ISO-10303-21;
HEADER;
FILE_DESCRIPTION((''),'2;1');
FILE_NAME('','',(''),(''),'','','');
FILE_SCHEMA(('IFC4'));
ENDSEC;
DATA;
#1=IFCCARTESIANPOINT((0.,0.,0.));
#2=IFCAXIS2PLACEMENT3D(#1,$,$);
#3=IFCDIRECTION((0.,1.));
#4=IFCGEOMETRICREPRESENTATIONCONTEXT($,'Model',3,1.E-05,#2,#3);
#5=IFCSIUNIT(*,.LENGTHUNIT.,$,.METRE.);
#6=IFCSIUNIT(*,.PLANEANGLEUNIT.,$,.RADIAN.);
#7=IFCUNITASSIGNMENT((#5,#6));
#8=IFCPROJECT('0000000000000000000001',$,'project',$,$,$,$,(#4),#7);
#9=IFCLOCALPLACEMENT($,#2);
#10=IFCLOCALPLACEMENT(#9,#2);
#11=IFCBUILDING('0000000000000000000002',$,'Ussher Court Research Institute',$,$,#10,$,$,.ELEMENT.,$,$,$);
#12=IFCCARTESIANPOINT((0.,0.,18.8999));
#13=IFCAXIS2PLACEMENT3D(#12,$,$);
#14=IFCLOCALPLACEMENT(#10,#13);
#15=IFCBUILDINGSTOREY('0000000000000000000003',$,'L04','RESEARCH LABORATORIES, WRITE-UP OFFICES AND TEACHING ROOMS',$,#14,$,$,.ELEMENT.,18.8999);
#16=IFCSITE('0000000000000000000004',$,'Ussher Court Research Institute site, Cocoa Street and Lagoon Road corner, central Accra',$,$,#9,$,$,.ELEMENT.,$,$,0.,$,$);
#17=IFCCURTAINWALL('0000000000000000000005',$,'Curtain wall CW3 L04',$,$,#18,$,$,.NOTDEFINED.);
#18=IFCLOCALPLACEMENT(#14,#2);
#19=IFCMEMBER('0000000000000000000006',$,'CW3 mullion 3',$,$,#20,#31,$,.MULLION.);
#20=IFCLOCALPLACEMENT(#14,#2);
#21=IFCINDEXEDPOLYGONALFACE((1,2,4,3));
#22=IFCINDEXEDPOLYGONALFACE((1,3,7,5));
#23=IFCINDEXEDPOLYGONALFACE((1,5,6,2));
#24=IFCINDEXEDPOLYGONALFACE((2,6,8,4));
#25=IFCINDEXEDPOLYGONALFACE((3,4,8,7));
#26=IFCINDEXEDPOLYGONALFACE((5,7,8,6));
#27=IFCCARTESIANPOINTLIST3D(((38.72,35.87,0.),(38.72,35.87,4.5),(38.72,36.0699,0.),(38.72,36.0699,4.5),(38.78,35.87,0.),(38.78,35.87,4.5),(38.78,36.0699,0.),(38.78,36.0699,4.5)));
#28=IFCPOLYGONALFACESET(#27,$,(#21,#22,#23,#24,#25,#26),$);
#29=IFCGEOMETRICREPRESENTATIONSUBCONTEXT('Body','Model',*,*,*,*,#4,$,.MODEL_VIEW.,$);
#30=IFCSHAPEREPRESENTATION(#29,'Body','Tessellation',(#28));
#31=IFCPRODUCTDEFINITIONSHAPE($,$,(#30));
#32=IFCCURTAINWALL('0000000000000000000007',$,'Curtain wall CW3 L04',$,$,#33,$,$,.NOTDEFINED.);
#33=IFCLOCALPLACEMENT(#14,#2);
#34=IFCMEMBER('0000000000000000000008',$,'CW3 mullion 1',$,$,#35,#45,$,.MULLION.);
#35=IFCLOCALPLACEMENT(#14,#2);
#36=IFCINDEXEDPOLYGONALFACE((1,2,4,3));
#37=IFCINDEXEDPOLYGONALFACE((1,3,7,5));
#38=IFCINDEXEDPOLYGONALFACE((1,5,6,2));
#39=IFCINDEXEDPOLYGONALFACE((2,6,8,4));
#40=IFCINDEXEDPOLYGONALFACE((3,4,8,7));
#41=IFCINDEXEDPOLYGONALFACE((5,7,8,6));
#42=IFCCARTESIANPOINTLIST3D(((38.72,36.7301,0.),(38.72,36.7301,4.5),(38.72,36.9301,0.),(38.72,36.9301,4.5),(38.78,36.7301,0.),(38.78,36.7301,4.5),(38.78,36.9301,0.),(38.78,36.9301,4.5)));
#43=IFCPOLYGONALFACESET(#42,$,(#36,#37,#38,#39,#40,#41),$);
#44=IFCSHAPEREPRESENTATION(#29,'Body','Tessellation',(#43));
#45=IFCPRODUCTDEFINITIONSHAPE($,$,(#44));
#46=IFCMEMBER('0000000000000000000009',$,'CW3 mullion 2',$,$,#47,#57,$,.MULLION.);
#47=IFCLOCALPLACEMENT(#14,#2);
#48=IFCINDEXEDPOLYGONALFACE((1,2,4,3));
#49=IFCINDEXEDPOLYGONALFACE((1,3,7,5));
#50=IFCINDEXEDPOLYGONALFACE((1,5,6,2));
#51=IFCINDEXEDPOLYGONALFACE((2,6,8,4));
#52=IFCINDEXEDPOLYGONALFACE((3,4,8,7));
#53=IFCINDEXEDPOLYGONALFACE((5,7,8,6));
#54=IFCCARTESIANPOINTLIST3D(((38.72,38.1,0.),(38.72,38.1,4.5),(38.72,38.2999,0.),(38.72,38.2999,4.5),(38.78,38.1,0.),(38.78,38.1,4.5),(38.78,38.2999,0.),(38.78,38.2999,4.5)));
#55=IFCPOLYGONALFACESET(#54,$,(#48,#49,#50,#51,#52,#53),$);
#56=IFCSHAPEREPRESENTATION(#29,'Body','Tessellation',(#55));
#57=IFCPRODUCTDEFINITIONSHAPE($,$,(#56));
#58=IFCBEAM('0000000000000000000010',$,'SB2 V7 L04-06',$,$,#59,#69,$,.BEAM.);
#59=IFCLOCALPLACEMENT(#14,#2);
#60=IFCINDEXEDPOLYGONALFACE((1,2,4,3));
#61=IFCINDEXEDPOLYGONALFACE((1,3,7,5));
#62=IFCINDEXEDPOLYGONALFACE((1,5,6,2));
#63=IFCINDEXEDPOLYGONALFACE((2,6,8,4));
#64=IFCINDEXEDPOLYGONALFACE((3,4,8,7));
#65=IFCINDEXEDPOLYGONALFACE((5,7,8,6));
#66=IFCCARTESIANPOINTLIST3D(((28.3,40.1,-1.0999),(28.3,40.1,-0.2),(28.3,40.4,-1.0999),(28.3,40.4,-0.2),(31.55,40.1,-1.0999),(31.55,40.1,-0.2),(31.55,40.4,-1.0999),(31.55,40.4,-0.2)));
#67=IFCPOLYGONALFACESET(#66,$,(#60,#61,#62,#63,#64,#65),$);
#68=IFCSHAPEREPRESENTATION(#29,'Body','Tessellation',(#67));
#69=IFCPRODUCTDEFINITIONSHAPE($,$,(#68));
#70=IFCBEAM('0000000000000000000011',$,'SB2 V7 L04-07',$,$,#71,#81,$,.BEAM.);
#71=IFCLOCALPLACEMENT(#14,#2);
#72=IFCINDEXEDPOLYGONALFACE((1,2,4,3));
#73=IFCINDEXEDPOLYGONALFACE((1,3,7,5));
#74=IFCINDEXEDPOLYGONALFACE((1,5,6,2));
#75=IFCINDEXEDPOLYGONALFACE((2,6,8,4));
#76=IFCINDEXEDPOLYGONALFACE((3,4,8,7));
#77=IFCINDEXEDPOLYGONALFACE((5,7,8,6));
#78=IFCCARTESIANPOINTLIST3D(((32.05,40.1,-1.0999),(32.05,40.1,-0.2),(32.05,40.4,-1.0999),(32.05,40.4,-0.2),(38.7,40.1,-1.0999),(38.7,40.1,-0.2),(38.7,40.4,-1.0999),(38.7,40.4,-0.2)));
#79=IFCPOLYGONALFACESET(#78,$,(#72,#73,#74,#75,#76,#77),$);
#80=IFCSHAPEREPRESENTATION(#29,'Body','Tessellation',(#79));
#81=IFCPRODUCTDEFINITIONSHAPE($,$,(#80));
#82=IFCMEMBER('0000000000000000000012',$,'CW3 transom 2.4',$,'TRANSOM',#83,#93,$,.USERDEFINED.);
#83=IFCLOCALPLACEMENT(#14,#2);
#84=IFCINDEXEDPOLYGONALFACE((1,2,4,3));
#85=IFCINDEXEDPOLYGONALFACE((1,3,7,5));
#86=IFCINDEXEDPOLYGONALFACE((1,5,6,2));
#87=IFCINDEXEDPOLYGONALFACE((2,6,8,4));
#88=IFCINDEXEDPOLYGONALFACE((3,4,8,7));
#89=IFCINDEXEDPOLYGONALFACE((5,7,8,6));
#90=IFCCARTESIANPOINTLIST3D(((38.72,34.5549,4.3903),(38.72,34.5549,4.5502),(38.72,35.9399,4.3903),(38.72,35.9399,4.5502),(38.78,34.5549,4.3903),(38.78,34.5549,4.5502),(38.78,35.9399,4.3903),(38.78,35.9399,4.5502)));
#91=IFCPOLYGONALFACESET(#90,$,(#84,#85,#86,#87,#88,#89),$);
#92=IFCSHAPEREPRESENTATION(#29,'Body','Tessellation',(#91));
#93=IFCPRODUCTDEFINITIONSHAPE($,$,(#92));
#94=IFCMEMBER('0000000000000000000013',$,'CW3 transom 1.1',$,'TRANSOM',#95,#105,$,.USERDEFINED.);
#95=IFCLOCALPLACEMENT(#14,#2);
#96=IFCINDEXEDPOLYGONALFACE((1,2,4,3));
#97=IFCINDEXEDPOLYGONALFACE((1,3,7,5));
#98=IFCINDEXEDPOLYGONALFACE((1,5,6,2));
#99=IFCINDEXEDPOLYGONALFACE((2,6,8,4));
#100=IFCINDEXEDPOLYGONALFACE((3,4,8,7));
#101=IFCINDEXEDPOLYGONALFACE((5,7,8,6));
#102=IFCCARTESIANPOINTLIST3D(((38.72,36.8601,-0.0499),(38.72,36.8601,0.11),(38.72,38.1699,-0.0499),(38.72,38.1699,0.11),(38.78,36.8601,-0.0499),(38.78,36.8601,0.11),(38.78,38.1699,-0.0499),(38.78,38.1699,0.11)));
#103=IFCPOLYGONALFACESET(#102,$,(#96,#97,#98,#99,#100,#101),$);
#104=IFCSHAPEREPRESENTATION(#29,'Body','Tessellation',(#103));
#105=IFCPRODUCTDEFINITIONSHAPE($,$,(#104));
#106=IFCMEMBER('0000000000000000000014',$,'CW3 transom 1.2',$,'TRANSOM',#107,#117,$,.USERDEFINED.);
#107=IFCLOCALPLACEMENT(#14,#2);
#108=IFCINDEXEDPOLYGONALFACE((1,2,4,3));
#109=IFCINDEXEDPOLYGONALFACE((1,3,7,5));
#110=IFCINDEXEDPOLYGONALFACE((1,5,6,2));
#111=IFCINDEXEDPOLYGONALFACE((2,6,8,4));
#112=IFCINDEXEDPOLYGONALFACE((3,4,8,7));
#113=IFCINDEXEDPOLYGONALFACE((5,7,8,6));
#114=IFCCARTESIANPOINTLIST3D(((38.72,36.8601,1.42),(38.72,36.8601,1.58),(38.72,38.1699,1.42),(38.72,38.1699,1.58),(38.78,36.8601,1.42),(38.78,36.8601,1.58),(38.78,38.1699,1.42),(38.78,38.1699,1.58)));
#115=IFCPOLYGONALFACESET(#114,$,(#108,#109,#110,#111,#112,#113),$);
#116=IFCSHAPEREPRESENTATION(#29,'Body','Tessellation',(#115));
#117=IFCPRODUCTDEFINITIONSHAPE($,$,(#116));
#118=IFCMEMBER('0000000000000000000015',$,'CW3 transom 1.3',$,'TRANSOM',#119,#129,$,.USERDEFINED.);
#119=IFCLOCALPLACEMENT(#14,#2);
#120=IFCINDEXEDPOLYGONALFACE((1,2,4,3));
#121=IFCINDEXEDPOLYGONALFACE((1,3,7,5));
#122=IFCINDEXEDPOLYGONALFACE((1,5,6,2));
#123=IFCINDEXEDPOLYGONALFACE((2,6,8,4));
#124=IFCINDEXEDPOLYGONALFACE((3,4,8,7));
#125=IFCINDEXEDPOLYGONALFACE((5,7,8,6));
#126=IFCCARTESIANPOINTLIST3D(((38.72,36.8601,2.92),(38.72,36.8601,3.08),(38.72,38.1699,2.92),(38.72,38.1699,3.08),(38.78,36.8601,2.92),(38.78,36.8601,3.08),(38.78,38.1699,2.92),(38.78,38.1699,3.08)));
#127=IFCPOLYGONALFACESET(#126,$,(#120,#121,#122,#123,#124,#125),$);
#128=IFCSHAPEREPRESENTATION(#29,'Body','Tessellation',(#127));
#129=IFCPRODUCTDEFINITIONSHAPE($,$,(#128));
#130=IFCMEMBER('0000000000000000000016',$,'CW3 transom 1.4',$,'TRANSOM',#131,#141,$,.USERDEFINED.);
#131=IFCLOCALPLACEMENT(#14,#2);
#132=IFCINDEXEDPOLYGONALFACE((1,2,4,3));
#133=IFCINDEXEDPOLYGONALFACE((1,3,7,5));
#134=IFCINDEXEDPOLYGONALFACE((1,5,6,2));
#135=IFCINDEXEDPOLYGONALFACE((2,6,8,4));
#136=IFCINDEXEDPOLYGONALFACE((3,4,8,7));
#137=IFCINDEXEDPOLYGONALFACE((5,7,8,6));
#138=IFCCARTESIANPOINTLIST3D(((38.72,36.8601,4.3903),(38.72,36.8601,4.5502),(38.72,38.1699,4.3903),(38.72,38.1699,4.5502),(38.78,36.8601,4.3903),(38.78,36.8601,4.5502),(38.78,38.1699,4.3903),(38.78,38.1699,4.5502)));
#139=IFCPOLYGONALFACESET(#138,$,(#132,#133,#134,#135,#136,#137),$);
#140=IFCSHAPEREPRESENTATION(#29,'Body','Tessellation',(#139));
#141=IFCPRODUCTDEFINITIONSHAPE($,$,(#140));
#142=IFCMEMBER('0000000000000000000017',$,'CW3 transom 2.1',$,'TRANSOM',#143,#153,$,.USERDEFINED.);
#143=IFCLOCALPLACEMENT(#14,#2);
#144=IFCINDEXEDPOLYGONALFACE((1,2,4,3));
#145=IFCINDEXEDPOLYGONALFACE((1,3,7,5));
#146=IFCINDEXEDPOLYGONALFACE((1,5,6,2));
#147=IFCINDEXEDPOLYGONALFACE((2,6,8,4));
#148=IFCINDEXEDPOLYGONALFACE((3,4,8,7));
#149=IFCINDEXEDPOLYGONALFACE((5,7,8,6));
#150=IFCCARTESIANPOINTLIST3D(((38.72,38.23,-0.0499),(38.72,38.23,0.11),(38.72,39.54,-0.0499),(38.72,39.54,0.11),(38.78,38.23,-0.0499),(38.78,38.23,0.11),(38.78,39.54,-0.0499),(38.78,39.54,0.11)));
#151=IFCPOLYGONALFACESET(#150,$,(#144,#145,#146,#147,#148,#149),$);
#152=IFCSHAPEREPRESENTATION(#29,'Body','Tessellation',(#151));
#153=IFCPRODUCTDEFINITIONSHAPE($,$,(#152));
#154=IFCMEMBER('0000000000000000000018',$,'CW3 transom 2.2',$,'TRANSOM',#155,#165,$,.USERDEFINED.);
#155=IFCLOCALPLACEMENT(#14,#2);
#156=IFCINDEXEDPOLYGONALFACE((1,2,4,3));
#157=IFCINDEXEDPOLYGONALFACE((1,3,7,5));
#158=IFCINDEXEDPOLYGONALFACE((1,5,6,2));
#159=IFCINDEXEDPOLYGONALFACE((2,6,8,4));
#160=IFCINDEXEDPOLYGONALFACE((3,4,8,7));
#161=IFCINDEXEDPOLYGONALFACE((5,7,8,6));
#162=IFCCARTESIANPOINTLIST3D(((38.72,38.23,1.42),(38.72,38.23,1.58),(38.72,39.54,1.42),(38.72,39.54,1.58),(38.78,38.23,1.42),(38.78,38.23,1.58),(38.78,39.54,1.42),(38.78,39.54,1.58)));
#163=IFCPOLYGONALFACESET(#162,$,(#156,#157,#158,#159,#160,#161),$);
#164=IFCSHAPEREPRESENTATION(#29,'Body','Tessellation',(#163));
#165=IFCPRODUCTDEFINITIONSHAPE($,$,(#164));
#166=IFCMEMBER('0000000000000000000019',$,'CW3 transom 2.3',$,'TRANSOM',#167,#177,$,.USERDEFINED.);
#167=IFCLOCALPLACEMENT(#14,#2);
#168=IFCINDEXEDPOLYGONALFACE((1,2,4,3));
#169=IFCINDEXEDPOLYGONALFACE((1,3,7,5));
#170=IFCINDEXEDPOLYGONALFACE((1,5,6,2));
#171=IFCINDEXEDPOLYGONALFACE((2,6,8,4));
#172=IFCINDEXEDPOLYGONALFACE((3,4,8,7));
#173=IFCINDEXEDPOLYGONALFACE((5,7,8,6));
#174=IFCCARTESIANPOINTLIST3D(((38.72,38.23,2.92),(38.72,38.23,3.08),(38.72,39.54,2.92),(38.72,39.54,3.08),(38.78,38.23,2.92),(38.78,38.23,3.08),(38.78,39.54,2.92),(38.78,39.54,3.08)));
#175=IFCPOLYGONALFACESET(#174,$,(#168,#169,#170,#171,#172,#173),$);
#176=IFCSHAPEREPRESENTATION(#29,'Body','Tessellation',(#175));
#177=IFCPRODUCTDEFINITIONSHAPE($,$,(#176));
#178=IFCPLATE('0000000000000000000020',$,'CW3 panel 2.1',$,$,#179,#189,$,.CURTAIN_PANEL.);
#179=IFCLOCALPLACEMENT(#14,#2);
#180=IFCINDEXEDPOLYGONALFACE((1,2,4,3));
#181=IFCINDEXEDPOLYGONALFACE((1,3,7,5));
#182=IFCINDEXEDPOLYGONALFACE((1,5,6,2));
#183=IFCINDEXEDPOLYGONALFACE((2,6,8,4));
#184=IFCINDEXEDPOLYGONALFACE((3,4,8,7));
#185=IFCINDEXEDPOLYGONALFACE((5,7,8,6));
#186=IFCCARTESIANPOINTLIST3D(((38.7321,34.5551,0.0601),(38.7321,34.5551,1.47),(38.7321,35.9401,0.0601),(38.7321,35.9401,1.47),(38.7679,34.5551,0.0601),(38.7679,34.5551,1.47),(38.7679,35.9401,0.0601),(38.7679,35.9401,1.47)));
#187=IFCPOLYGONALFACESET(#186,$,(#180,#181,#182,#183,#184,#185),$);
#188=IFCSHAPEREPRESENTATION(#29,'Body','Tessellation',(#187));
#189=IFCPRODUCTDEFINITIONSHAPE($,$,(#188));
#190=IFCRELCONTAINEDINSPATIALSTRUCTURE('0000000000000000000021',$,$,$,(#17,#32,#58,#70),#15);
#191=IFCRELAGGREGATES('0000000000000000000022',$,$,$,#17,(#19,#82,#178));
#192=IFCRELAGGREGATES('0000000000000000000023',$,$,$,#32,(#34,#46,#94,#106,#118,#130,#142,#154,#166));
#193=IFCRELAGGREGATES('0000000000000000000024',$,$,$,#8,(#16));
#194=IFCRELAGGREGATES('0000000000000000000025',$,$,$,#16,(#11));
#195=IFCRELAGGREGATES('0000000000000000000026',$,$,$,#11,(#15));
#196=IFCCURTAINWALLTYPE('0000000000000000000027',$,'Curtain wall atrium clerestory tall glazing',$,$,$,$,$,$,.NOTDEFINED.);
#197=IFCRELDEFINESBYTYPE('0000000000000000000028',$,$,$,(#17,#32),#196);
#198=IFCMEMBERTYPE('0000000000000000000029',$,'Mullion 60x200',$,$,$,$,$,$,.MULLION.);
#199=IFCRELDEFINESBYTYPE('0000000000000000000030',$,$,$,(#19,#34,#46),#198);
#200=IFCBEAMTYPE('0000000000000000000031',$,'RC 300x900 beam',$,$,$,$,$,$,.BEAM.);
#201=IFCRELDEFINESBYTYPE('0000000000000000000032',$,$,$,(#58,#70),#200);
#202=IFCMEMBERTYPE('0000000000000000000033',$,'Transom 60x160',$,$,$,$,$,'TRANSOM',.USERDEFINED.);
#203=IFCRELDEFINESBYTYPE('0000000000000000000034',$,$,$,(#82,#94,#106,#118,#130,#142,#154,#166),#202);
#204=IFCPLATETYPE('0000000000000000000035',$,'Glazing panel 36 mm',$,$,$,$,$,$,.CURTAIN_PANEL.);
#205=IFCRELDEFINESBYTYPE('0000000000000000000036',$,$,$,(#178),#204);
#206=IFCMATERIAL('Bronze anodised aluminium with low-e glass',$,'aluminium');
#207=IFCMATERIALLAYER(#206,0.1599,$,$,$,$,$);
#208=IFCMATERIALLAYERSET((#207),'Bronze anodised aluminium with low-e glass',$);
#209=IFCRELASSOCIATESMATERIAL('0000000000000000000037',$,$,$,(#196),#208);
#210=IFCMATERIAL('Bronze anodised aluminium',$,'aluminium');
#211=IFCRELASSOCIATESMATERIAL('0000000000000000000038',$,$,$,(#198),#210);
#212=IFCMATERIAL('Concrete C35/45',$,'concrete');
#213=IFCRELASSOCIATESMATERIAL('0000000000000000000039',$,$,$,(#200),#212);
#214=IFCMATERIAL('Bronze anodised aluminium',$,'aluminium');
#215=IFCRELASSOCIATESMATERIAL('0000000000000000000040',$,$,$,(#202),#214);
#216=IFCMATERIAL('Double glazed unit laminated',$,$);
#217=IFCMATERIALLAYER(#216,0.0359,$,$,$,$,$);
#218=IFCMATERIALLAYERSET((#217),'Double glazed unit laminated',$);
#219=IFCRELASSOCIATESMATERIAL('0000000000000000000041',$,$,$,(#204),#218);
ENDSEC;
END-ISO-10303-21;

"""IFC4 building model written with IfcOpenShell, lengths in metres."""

from ifc_helpers import new_model, si_unit, direction, frame, origin, origin_2d, place, context, subcontext, project, spatial, rectangle, extrude, material, layer, layer_set, material_profile, profile_set, type_object, element, aggregate, save


model = new_model("IFC4")

# Units and contexts
model_context = context("Model", 3, precision=1e-05, world=origin(), true_north=direction((0.0, 1.0)))
body_context = subcontext(model_context, "Body", "Model", "MODEL_VIEW")
ifc_project = project(units=[si_unit("LENGTHUNIT", "METRE"), si_unit("PLANEANGLEUNIT", "RADIAN")], contexts=[model_context])

# Site, building, storey
site_placement = place(None, origin())
site = spatial("IfcSite", under=ifc_project, at=site_placement, Name="Ussher Court Research Institute site, Cocoa Street and Lagoon Road corner, central Accra", CompositionType="ELEMENT", RefElevation=0.0)
building_placement = place(site_placement, origin())
building = spatial("IfcBuilding", under=site, at=building_placement, Name="Ussher Court Research Institute", CompositionType="ELEMENT")
storey_placement = place(building_placement, frame((0.0, 0.0, 18.8999)))
storey = spatial("IfcBuildingStorey", under=building, at=storey_placement, Name="L04", Description="RESEARCH LABORATORIES, WRITE-UP OFFICES AND TEACHING ROOMS", CompositionType="ELEMENT", Elevation=18.8999)

# Curtain wall, member
ifc_material_1 = material(Name="Bronze anodised aluminium with low-e glass", Category="aluminium")
ifc_layer_1 = layer(ifc_material_1, 0.1599)
ifc_layer_set_1 = layer_set([ifc_layer_1], Name="Bronze anodised aluminium with low-e glass")
curtain_wall_type = type_object("IfcCurtainWallType", Name="Curtain wall atrium clerestory tall glazing", PredefinedType="NOTDEFINED", material=ifc_layer_set_1)
curtain_wall_1_placement = place(storey_placement, origin())
curtain_wall_1 = element("IfcCurtainWall", 1, at=curtain_wall_1_placement, inside=storey, type_object=curtain_wall_type, Name="Curtain wall CW3 L04", PredefinedType="NOTDEFINED")
ifc_material_2 = material(Name="Bronze anodised aluminium", Category="aluminium")
ifc_material_profile_1 = material_profile(ifc_material_2, rectangle(XDim=0.0601, YDim=0.2, at=origin_2d()), Name="Mullion 60x200")
ifc_profile_set_1 = profile_set([ifc_material_profile_1], Name="Bronze anodised aluminium")
member_type_1 = type_object("IfcMemberType", Name="Mullion 60x200", PredefinedType="MULLION", material=ifc_profile_set_1)
member_1_placement = place(storey_placement, frame((38.75, 35.97, 0.0), z_axis=(0.0, 0.0, 1.0), x_axis=(-1.0, 0.0, 0.0)))
member_1 = element("IfcMember", 2, at=member_1_placement, type_object=member_type_1, Name="CW3 mullion 3", PredefinedType="MULLION", context=body_context, shape_type="SweptSolid", body=[
    extrude(rectangle(XDim=0.0601, YDim=0.2, at=origin_2d()), origin(), (0.0, 0.0, 1.0), 4.5),
])

# Curtain wall, members
curtain_wall_2_placement = place(storey_placement, origin())
curtain_wall_2 = element("IfcCurtainWall", 3, at=curtain_wall_2_placement, inside=storey, type_object=curtain_wall_type, Name="Curtain wall CW3 L04", PredefinedType="NOTDEFINED")
member_2_placement = place(storey_placement, frame((38.75, 36.8301, 0.0), z_axis=(0.0, 0.0, 1.0), x_axis=(-1.0, 0.0, 0.0)))
member_2 = element("IfcMember", 4, at=member_2_placement, type_object=member_type_1, Name="CW3 mullion 1", PredefinedType="MULLION", context=body_context, shape_type="SweptSolid", body=[
    extrude(rectangle(XDim=0.0601, YDim=0.2, at=origin_2d()), origin(), (0.0, 0.0, 1.0), 4.5),
])
member_3_placement = place(storey_placement, frame((38.75, 38.2, 0.0), z_axis=(0.0, 0.0, 1.0), x_axis=(-1.0, 0.0, 0.0)))
member_3 = element("IfcMember", 5, at=member_3_placement, type_object=member_type_1, Name="CW3 mullion 2", PredefinedType="MULLION", context=body_context, shape_type="SweptSolid", body=[
    extrude(rectangle(XDim=0.0601, YDim=0.2, at=origin_2d()), origin(), (0.0, 0.0, 1.0), 4.5),
])

# Beams
ifc_material_3 = material(Name="Concrete C35/45", Category="concrete")
ifc_material_profile_2 = material_profile(ifc_material_3, rectangle(XDim=0.3, YDim=0.8999, at=origin_2d()), Name="RC 300x900")
ifc_profile_set_2 = profile_set([ifc_material_profile_2], Name="Concrete C35/45")
beam_type = type_object("IfcBeamType", Name="RC 300x900 beam", PredefinedType="BEAM", material=ifc_profile_set_2)
beam_1_placement = place(storey_placement, frame((28.3, 40.25, -0.6499), z_axis=(1.0, 0.0, 0.0), x_axis=(0.0, 1.0, 0.0)))
element("IfcBeam", 6, at=beam_1_placement, inside=storey, type_object=beam_type, Name="SB2 V7 L04-06", PredefinedType="BEAM", context=body_context, shape_type="SweptSolid", body=[
    extrude(rectangle(XDim=0.3, YDim=0.8999, at=origin_2d()), origin(), (0.0, 0.0, 1.0), 3.25),
])
beam_2_placement = place(storey_placement, frame((32.05, 40.25, -0.6499), z_axis=(1.0, 0.0, 0.0), x_axis=(0.0, 1.0, 0.0)))
element("IfcBeam", 7, at=beam_2_placement, inside=storey, type_object=beam_type, Name="SB2 V7 L04-07", PredefinedType="BEAM", context=body_context, shape_type="SweptSolid", body=[
    extrude(rectangle(XDim=0.3, YDim=0.8999, at=origin_2d()), origin(), (0.0, 0.0, 1.0), 6.6499),
])

# Members
ifc_material_4 = material(Name="Bronze anodised aluminium", Category="aluminium")
ifc_material_profile_3 = material_profile(ifc_material_4, rectangle(XDim=0.0601, YDim=0.1599, at=origin_2d()), Name="Transom 60x160")
ifc_profile_set_3 = profile_set([ifc_material_profile_3], Name="Bronze anodised aluminium")
member_type_2 = type_object("IfcMemberType", Name="Transom 60x160", ElementType="TRANSOM", PredefinedType="USERDEFINED", material=ifc_profile_set_3)
member_4_placement = place(storey_placement, frame((38.75, 34.5549, 4.4702), z_axis=(0.0, 1.0, 0.0), x_axis=(-1.0, 0.0, 0.0)))
member_4 = element("IfcMember", 8, at=member_4_placement, type_object=member_type_2, Name="CW3 transom 2.4", ObjectType="TRANSOM", PredefinedType="USERDEFINED", context=body_context, shape_type="SweptSolid", body=[
    extrude(rectangle(XDim=0.0601, YDim=0.1599, at=origin_2d()), origin(), (0.0, 0.0, 1.0), 1.385),
])
member_5_placement = place(storey_placement, frame((38.75, 36.8601, 0.03), z_axis=(0.0, 1.0, 0.0), x_axis=(-1.0, 0.0, 0.0)))
member_5 = element("IfcMember", 9, at=member_5_placement, type_object=member_type_2, Name="CW3 transom 1.1", ObjectType="TRANSOM", PredefinedType="USERDEFINED", context=body_context, shape_type="SweptSolid", body=[
    extrude(rectangle(XDim=0.0601, YDim=0.1599, at=origin_2d()), origin(), (0.0, 0.0, 1.0), 1.3098),
])
member_6_placement = place(storey_placement, frame((38.75, 36.8601, 1.5), z_axis=(0.0, 1.0, 0.0), x_axis=(-1.0, 0.0, 0.0)))
member_6 = element("IfcMember", 10, at=member_6_placement, type_object=member_type_2, Name="CW3 transom 1.2", ObjectType="TRANSOM", PredefinedType="USERDEFINED", context=body_context, shape_type="SweptSolid", body=[
    extrude(rectangle(XDim=0.0601, YDim=0.1599, at=origin_2d()), origin(), (0.0, 0.0, 1.0), 1.3098),
])
member_7_placement = place(storey_placement, frame((38.75, 36.8601, 3.0), z_axis=(0.0, 1.0, 0.0), x_axis=(-1.0, 0.0, 0.0)))
member_7 = element("IfcMember", 11, at=member_7_placement, type_object=member_type_2, Name="CW3 transom 1.3", ObjectType="TRANSOM", PredefinedType="USERDEFINED", context=body_context, shape_type="SweptSolid", body=[
    extrude(rectangle(XDim=0.0601, YDim=0.1599, at=origin_2d()), origin(), (0.0, 0.0, 1.0), 1.3098),
])
member_8_placement = place(storey_placement, frame((38.75, 36.8601, 4.4702), z_axis=(0.0, 1.0, 0.0), x_axis=(-1.0, 0.0, 0.0)))
member_8 = element("IfcMember", 12, at=member_8_placement, type_object=member_type_2, Name="CW3 transom 1.4", ObjectType="TRANSOM", PredefinedType="USERDEFINED", context=body_context, shape_type="SweptSolid", body=[
    extrude(rectangle(XDim=0.0601, YDim=0.1599, at=origin_2d()), origin(), (0.0, 0.0, 1.0), 1.3098),
])
member_9_placement = place(storey_placement, frame((38.75, 38.23, 0.03), z_axis=(0.0, 1.0, 0.0), x_axis=(-1.0, 0.0, 0.0)))
member_9 = element("IfcMember", 13, at=member_9_placement, type_object=member_type_2, Name="CW3 transom 2.1", ObjectType="TRANSOM", PredefinedType="USERDEFINED", context=body_context, shape_type="SweptSolid", body=[
    extrude(rectangle(XDim=0.0601, YDim=0.1599, at=origin_2d()), origin(), (0.0, 0.0, 1.0), 1.3101),
])
member_10_placement = place(storey_placement, frame((38.75, 38.23, 1.5), z_axis=(0.0, 1.0, 0.0), x_axis=(-1.0, 0.0, 0.0)))
member_10 = element("IfcMember", 14, at=member_10_placement, type_object=member_type_2, Name="CW3 transom 2.2", ObjectType="TRANSOM", PredefinedType="USERDEFINED", context=body_context, shape_type="SweptSolid", body=[
    extrude(rectangle(XDim=0.0601, YDim=0.1599, at=origin_2d()), origin(), (0.0, 0.0, 1.0), 1.3101),
])
member_11_placement = place(storey_placement, frame((38.75, 38.23, 3.0), z_axis=(0.0, 1.0, 0.0), x_axis=(-1.0, 0.0, 0.0)))
member_11 = element("IfcMember", 15, at=member_11_placement, type_object=member_type_2, Name="CW3 transom 2.3", ObjectType="TRANSOM", PredefinedType="USERDEFINED", context=body_context, shape_type="SweptSolid", body=[
    extrude(rectangle(XDim=0.0601, YDim=0.1599, at=origin_2d()), origin(), (0.0, 0.0, 1.0), 1.3101),
])

# Plate
ifc_material_5 = material(Name="Double glazed unit laminated")
ifc_layer_2 = layer(ifc_material_5, 0.0359)
ifc_layer_set_2 = layer_set([ifc_layer_2], Name="Double glazed unit laminated")
plate_type = type_object("IfcPlateType", Name="Glazing panel 36 mm", PredefinedType="CURTAIN_PANEL", material=ifc_layer_set_2)
plate_1_placement = place(storey_placement, frame((38.75, 35.2476, 0.0601), z_axis=(0.0, 0.0, 1.0), x_axis=(0.0, 1.0, 0.0)))
plate_1 = element("IfcPlate", 16, at=plate_1_placement, type_object=plate_type, Name="CW3 panel 2.1", PredefinedType="CURTAIN_PANEL", context=body_context, shape_type="SweptSolid", body=[
    extrude(rectangle(XDim=1.385, YDim=0.0359, at=origin_2d()), origin(), (0.0, 0.0, 1.0), 1.4099),
])
aggregate(curtain_wall_1, [member_1, member_4, plate_1])
aggregate(curtain_wall_2, [member_2, member_3, member_5, member_6, member_7, member_8, member_9, member_10, member_11])

save(model, "model.ifc")
